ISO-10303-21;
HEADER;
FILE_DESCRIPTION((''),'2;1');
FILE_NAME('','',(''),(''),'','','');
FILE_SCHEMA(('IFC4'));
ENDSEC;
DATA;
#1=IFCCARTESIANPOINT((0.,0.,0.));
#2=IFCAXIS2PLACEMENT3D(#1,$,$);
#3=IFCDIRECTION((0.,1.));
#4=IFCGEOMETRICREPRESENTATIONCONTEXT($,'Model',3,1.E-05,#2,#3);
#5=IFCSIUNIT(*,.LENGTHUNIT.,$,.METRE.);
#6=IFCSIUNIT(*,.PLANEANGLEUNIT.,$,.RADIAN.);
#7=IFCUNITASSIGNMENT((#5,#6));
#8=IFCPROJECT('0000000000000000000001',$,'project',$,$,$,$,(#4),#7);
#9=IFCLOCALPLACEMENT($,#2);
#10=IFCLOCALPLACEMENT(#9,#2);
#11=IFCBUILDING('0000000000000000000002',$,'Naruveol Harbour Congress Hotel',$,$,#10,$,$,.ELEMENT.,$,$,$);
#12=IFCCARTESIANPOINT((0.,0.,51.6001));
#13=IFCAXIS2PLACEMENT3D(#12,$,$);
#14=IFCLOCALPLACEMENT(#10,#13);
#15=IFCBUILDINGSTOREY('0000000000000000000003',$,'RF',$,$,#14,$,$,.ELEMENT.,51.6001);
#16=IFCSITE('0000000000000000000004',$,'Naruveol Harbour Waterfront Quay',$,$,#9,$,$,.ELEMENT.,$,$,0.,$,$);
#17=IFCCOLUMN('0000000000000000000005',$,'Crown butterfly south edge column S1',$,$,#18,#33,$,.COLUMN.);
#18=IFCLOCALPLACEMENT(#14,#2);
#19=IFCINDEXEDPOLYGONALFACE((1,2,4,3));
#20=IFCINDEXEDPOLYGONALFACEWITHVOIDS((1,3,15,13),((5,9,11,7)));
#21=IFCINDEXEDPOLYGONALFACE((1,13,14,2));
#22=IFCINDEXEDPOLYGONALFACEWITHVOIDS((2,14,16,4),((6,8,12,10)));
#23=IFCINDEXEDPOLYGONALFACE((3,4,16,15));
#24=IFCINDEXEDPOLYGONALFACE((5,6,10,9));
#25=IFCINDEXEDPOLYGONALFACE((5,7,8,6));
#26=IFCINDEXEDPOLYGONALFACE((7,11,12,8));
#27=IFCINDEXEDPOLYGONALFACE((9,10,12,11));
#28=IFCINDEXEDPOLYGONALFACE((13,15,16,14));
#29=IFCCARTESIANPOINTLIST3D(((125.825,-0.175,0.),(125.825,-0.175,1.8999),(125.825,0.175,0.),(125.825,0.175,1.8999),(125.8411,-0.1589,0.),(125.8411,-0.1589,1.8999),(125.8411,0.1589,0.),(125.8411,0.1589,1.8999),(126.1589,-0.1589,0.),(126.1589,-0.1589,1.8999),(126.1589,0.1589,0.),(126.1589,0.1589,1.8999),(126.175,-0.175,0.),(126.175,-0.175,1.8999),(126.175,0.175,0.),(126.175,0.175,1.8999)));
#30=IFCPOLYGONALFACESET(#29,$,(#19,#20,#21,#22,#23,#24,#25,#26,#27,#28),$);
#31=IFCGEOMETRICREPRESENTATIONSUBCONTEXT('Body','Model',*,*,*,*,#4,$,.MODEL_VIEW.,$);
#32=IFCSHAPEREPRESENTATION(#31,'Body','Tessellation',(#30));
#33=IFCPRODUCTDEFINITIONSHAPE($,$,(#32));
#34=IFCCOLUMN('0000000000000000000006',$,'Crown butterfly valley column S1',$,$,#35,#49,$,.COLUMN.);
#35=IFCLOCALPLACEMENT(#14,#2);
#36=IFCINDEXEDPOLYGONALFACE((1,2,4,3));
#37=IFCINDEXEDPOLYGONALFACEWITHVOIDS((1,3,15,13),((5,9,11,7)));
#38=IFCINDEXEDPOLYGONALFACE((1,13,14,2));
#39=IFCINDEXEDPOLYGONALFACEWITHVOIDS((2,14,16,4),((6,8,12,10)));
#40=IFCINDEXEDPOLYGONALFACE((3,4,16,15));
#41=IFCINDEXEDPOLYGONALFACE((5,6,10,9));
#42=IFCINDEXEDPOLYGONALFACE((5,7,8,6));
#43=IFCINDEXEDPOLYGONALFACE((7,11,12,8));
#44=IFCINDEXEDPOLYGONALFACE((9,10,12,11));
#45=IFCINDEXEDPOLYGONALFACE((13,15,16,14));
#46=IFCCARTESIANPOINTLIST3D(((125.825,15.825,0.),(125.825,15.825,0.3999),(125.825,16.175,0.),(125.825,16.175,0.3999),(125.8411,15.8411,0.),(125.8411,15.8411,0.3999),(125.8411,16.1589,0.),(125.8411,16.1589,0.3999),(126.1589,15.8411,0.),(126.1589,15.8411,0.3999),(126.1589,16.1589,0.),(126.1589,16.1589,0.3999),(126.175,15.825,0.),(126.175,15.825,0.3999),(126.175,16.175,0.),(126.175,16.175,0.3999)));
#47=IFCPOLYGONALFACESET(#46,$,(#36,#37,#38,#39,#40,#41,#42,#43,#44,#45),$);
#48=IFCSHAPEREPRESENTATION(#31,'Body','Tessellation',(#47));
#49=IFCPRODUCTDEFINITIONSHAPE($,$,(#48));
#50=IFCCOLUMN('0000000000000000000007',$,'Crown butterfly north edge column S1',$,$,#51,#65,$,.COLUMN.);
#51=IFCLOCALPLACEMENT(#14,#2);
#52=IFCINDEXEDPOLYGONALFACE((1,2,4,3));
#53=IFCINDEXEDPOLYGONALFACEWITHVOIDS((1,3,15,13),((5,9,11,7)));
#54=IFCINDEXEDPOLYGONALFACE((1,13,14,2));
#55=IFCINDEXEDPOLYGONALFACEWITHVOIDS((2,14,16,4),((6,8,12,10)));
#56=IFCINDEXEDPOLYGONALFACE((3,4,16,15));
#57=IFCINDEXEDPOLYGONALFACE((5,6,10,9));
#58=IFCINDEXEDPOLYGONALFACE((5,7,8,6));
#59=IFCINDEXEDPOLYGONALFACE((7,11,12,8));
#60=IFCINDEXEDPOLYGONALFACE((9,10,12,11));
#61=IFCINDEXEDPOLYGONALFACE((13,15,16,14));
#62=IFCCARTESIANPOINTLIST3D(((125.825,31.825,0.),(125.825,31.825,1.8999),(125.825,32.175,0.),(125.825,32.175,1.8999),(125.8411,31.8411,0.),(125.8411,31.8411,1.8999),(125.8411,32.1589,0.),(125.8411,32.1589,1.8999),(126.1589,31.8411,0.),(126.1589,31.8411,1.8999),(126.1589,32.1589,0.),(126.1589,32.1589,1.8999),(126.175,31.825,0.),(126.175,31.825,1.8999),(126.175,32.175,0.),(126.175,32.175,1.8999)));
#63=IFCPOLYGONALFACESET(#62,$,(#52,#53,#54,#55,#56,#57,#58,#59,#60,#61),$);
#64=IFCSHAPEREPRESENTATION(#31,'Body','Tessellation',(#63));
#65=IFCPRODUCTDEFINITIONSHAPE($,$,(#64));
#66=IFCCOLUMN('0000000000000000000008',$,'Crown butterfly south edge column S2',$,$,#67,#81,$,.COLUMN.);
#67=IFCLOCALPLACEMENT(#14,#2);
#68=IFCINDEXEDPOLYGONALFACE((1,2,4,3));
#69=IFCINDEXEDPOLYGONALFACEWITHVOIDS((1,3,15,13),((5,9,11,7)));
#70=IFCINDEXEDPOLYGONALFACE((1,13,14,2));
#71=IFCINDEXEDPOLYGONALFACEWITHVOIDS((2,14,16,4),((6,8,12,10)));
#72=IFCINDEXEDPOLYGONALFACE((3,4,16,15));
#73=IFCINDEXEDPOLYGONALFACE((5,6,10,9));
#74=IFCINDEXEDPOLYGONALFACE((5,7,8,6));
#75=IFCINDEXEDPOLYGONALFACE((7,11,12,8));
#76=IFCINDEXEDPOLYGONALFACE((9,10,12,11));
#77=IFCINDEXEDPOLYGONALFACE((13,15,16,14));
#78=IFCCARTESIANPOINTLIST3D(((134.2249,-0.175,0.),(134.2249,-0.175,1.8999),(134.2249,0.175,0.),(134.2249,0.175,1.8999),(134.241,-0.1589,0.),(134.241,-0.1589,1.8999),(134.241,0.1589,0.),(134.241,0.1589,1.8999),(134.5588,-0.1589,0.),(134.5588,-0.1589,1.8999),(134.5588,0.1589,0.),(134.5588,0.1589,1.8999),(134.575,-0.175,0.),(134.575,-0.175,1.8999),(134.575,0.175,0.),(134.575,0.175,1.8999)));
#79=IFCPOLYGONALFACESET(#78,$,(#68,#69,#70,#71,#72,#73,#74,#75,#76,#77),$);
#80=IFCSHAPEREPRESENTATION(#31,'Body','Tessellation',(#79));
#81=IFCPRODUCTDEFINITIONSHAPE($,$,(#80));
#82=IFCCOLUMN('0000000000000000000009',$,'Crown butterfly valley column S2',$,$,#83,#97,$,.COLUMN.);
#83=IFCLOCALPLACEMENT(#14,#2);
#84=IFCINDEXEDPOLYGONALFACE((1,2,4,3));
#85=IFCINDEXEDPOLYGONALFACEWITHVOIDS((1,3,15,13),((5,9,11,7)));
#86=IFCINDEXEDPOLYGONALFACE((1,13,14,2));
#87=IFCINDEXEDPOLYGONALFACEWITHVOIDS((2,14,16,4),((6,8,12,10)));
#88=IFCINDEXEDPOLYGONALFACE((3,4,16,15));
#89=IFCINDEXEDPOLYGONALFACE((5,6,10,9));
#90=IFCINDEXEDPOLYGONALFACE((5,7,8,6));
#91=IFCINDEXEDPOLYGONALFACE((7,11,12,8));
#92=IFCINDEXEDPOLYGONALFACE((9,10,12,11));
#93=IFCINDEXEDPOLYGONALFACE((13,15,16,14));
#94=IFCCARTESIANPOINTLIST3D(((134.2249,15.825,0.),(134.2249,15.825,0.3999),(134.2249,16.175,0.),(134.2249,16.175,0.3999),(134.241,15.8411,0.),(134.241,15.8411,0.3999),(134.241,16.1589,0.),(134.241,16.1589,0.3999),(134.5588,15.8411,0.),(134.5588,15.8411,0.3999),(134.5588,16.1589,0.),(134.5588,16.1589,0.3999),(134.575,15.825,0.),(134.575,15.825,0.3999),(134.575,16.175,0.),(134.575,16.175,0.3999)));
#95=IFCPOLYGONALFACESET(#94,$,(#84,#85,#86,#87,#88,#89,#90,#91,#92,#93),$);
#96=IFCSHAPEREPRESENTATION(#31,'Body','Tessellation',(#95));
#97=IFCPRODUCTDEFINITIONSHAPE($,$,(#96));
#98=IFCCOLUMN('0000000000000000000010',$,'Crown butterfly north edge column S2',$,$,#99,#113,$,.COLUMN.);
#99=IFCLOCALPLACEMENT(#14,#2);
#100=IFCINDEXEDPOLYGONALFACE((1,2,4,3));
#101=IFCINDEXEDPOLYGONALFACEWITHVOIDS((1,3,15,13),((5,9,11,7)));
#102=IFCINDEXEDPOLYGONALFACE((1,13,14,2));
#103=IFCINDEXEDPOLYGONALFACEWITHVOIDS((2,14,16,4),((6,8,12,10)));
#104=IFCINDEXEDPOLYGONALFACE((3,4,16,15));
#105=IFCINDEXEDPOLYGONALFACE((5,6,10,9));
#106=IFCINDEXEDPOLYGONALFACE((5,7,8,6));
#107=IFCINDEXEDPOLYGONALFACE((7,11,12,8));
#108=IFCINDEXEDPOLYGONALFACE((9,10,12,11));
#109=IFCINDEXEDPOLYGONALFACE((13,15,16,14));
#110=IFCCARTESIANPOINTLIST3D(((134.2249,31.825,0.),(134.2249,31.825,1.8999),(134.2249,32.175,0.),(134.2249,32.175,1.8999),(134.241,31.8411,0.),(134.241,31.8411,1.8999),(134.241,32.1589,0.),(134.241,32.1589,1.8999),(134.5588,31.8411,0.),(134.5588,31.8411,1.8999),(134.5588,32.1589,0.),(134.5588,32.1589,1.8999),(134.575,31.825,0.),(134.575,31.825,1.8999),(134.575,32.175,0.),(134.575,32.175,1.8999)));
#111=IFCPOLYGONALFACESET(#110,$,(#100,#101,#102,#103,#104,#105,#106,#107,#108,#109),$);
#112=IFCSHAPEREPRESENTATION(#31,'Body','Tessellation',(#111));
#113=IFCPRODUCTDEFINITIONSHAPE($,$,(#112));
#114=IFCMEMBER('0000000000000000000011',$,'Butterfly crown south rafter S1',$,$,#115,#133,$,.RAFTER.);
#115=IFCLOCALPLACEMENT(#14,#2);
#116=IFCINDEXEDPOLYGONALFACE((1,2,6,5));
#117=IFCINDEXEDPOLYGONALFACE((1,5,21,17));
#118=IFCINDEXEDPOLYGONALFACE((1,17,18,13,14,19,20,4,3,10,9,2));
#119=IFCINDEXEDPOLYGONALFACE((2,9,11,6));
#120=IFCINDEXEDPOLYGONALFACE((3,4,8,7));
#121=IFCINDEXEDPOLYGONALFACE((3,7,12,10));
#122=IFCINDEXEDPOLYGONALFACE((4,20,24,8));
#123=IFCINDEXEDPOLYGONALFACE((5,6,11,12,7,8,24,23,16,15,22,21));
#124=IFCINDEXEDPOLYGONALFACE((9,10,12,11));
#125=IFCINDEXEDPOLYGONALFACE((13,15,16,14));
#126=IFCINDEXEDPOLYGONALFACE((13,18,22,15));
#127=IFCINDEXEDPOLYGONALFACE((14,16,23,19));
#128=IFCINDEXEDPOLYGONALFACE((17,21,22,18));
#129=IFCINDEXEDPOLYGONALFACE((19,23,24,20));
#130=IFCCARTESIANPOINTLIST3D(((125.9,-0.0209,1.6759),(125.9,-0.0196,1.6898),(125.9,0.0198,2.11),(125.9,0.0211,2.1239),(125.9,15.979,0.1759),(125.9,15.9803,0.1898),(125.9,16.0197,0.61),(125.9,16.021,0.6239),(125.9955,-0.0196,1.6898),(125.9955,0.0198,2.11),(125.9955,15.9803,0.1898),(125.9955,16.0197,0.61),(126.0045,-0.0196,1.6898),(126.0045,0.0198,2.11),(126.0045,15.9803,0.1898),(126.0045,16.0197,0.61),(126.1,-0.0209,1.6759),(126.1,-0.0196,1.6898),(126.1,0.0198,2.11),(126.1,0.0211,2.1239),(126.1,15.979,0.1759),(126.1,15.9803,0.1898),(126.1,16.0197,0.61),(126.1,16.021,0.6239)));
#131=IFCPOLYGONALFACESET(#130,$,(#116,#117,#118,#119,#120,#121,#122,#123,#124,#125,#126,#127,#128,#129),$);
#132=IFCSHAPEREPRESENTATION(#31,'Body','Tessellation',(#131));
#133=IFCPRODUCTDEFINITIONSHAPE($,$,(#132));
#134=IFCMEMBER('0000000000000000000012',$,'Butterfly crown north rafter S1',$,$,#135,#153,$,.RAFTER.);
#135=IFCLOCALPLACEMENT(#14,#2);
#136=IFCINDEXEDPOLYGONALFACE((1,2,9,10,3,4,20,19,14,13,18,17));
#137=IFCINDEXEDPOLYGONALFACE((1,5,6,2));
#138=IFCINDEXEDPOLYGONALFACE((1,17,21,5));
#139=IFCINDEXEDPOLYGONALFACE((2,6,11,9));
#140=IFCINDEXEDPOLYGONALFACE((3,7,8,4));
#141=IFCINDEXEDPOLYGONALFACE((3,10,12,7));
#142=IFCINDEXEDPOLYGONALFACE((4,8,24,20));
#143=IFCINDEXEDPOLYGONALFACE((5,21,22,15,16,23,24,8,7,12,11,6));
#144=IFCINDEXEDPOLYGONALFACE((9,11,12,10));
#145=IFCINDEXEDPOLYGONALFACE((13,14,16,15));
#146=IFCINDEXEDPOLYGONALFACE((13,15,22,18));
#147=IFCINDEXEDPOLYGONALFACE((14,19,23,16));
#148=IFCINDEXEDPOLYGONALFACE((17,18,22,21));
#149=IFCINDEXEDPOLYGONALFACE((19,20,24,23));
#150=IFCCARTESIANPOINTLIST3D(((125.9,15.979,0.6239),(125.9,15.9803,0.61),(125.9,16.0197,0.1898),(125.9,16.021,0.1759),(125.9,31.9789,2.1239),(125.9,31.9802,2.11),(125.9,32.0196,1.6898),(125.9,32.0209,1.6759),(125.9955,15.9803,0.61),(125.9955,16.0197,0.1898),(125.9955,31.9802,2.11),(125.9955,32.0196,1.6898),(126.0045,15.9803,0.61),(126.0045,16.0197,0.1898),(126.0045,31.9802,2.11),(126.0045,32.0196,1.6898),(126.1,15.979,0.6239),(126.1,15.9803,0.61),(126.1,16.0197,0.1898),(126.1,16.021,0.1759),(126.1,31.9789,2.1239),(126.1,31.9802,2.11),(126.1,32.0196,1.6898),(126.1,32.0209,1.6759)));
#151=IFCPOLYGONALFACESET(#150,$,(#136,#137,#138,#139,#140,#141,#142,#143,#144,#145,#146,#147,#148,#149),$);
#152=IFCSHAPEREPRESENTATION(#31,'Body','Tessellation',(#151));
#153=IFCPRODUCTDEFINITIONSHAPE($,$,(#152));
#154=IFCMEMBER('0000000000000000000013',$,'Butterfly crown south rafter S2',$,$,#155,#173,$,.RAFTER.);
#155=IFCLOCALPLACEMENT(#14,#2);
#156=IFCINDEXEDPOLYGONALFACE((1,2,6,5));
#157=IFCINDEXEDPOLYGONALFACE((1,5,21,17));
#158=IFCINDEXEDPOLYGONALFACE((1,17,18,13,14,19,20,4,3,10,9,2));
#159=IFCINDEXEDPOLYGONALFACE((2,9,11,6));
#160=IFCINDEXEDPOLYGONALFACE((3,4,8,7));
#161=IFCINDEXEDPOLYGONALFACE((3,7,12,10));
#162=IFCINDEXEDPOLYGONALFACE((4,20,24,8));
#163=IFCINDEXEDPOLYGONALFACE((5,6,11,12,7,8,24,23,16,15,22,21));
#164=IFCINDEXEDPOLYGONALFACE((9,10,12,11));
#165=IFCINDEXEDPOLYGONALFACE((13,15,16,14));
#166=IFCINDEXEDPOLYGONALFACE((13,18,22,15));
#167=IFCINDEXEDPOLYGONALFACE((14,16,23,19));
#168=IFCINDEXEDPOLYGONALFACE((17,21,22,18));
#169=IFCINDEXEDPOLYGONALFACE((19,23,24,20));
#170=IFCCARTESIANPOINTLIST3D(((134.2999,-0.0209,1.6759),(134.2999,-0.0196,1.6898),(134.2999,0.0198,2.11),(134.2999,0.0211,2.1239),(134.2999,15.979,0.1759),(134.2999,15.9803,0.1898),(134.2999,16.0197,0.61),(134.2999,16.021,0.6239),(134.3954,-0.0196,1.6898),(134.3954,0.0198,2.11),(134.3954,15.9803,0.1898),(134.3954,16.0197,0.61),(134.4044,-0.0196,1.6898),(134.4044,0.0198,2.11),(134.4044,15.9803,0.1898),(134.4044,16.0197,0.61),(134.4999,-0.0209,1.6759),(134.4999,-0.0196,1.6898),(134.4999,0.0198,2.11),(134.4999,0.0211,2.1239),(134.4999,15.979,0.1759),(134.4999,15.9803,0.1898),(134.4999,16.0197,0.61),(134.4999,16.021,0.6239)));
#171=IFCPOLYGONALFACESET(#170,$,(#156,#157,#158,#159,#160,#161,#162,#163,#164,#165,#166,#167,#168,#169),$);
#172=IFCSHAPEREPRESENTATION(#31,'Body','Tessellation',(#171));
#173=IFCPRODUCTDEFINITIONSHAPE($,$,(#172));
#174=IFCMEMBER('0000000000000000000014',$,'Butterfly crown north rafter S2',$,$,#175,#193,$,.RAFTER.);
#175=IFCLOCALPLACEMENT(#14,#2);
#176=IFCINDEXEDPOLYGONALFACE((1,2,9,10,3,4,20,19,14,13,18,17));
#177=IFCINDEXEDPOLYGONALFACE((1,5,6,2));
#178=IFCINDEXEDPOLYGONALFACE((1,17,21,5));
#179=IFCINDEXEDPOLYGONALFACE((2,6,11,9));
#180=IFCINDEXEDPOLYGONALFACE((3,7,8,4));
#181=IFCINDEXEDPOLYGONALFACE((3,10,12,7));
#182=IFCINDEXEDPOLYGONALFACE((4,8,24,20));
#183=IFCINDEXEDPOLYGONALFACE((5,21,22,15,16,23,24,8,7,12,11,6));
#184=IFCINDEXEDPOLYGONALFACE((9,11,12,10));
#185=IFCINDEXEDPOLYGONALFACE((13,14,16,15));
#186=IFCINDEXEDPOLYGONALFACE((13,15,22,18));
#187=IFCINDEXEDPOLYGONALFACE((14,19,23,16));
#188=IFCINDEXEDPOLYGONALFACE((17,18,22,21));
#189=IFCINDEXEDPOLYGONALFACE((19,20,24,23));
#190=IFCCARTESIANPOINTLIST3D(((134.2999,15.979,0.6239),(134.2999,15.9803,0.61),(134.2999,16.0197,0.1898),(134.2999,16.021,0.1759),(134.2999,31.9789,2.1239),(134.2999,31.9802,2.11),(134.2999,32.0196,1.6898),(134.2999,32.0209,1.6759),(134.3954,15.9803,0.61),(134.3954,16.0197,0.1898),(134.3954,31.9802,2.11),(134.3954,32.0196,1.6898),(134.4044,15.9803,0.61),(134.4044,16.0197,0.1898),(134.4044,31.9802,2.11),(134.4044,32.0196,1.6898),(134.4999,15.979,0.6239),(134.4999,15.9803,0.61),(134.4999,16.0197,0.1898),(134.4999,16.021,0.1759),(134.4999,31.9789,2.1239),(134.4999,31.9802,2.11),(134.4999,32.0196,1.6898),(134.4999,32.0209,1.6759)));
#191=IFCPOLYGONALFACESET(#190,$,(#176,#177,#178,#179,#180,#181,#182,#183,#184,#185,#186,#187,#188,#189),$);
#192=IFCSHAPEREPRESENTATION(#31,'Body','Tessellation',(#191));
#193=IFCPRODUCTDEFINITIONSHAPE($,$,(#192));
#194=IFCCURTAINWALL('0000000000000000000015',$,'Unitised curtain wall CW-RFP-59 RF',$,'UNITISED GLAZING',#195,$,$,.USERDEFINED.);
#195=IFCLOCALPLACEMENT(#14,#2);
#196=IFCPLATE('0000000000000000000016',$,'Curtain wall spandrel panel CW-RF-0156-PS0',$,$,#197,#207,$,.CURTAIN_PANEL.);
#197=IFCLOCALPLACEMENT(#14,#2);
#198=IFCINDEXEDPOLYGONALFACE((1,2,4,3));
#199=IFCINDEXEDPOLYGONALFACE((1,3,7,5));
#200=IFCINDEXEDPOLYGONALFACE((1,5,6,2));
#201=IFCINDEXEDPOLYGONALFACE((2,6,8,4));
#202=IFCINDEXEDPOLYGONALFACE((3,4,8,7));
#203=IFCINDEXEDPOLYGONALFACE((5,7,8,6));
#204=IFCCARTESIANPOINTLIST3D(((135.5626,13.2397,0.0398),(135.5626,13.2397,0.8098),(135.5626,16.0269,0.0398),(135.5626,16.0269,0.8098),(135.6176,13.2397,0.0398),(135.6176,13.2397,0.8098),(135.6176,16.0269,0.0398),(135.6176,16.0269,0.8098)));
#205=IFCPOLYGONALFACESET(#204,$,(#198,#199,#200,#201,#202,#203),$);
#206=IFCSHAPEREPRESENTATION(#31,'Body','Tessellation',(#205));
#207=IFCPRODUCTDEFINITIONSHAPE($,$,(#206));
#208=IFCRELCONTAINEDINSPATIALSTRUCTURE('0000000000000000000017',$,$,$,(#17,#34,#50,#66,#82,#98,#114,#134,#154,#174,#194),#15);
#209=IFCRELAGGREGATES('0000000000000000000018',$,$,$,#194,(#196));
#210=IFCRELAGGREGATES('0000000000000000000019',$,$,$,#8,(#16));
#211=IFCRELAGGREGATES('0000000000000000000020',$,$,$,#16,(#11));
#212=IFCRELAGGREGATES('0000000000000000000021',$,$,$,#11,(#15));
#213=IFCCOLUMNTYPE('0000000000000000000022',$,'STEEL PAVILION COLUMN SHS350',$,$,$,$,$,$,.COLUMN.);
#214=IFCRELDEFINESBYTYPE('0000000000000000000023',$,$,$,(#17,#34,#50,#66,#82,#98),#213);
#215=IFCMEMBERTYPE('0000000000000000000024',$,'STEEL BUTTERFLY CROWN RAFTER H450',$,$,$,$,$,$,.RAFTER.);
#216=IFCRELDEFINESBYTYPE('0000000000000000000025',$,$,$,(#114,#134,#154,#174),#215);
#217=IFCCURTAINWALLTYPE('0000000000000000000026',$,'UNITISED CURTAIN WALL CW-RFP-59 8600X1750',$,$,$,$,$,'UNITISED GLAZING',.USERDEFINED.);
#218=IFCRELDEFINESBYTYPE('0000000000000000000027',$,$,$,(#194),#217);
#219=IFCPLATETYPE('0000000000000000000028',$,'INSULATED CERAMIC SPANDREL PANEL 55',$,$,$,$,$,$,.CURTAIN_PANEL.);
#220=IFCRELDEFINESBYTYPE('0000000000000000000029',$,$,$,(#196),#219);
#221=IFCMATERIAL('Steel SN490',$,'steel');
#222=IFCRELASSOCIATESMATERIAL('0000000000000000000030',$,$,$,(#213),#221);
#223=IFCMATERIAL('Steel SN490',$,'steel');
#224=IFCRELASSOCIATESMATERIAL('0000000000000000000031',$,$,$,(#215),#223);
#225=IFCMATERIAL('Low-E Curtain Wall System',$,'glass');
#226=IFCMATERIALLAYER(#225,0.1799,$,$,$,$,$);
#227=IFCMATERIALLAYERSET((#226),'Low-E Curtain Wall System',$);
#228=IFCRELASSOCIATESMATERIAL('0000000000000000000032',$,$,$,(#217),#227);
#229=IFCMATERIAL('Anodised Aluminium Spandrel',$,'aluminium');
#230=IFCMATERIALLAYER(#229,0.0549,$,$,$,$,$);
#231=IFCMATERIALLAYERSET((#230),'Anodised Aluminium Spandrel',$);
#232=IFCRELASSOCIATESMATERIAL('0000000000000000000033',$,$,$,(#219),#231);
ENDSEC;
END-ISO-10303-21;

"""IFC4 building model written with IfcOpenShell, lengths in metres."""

from ifc_helpers import new_model, si_unit, direction, frame, origin, origin_2d, place, context, subcontext, project, spatial, rectangle, hollow_rectangle, i_section, extrude, material, layer, layer_set, material_profile, profile_set, type_object, element, aggregate, save


model = new_model("IFC4")

# Units and contexts
model_context = context("Model", 3, precision=1e-05, world=origin(), true_north=direction((0.0, 1.0)))
body_context = subcontext(model_context, "Body", "Model", "MODEL_VIEW")
ifc_project = project(units=[si_unit("LENGTHUNIT", "METRE"), si_unit("PLANEANGLEUNIT", "RADIAN")], contexts=[model_context])

# Site, building, storey
site_placement = place(None, origin())
site = spatial("IfcSite", under=ifc_project, at=site_placement, Name="Naruveol Harbour Waterfront Quay", CompositionType="ELEMENT", RefElevation=0.0)
building_placement = place(site_placement, origin())
building = spatial("IfcBuilding", under=site, at=building_placement, Name="Naruveol Harbour Congress Hotel", CompositionType="ELEMENT")
storey_placement = place(building_placement, frame((0.0, 0.0, 51.6001)))
storey = spatial("IfcBuildingStorey", under=building, at=storey_placement, Name="RF", CompositionType="ELEMENT", Elevation=51.6001)

# Columns
ifc_material_1 = material(Name="Steel SN490", Category="steel")
ifc_material_profile_1 = material_profile(ifc_material_1, hollow_rectangle(XDim=0.3501, YDim=0.3501, WallThickness=0.0161, at=origin_2d()), Name="SHS-350x350x16")
ifc_profile_set_1 = profile_set([ifc_material_profile_1], Name="Steel SN490")
column_type = type_object("IfcColumnType", Name="STEEL PAVILION COLUMN SHS350", PredefinedType="COLUMN", material=ifc_profile_set_1)
column_1_placement = place(storey_placement, frame((126.0, 0.0, 0.0), z_axis=(0.0, 0.0, 1.0), x_axis=(1.0, 0.0, 0.0)))
element("IfcColumn", 1, at=column_1_placement, inside=storey, type_object=column_type, Name="Crown butterfly south edge column S1", PredefinedType="COLUMN", context=body_context, shape_type="SweptSolid", body=[
    extrude(hollow_rectangle(XDim=0.3501, YDim=0.3501, WallThickness=0.0161, at=origin_2d()), origin(), (0.0, 0.0, 1.0), 1.8999),
])
column_2_placement = place(storey_placement, frame((126.0, 16.0, 0.0), z_axis=(0.0, 0.0, 1.0), x_axis=(1.0, 0.0, 0.0)))
element("IfcColumn", 2, at=column_2_placement, inside=storey, type_object=column_type, Name="Crown butterfly valley column S1", PredefinedType="COLUMN", context=body_context, shape_type="SweptSolid", body=[
    extrude(hollow_rectangle(XDim=0.3501, YDim=0.3501, WallThickness=0.0161, at=origin_2d()), origin(), (0.0, 0.0, 1.0), 0.3999),
])
for number, where, z_axis, x_axis, name in (
    (3, (126.0, 32.0, 0.0), (0.0, 0.0, 1.0), (1.0, 0.0, 0.0), "Crown butterfly north edge column S1"),
    (4, (134.3999, 0.0, 0.0), (0.0, 0.0, 1.0), (1.0, 0.0, 0.0), "Crown butterfly south edge column S2"),
):
    element("IfcColumn", number, at=place(storey_placement, frame(where, z_axis=z_axis, x_axis=x_axis)), inside=storey, type_object=column_type, Name=name, PredefinedType="COLUMN", context=body_context, shape_type="SweptSolid", body=[
        extrude(hollow_rectangle(XDim=0.3501, YDim=0.3501, WallThickness=0.0161, at=origin_2d()), origin(), (0.0, 0.0, 1.0), 1.8999),
    ])
column_3_placement = place(storey_placement, frame((134.3999, 16.0, 0.0), z_axis=(0.0, 0.0, 1.0), x_axis=(1.0, 0.0, 0.0)))
element("IfcColumn", 5, at=column_3_placement, inside=storey, type_object=column_type, Name="Crown butterfly valley column S2", PredefinedType="COLUMN", context=body_context, shape_type="SweptSolid", body=[
    extrude(hollow_rectangle(XDim=0.3501, YDim=0.3501, WallThickness=0.0161, at=origin_2d()), origin(), (0.0, 0.0, 1.0), 0.3999),
])
column_4_placement = place(storey_placement, frame((134.3999, 32.0, 0.0), z_axis=(0.0, 0.0, 1.0), x_axis=(1.0, 0.0, 0.0)))
element("IfcColumn", 6, at=column_4_placement, inside=storey, type_object=column_type, Name="Crown butterfly north edge column S2", PredefinedType="COLUMN", context=body_context, shape_type="SweptSolid", body=[
    extrude(hollow_rectangle(XDim=0.3501, YDim=0.3501, WallThickness=0.0161, at=origin_2d()), origin(), (0.0, 0.0, 1.0), 1.8999),
])

# Members
ifc_material_2 = material(Name="Steel SN490", Category="steel")
ifc_material_profile_2 = material_profile(ifc_material_2, i_section(OverallWidth=0.2, OverallDepth=0.45, WebThickness=0.009, FlangeThickness=0.0139, at=origin_2d()), Name="H-450x200x9x14")
ifc_profile_set_2 = profile_set([ifc_material_profile_2], Name="Steel SN490")
member_type = type_object("IfcMemberType", Name="STEEL BUTTERFLY CROWN RAFTER H450", PredefinedType="RAFTER", material=ifc_profile_set_2)
for number, where, z_axis, x_axis, name in (
    (7, (126.0, 16.0, 0.3999), (0.0, -0.995634, 0.093341), (1.0, 0.0, 0.0), "Butterfly crown south rafter S1"),
    (8, (126.0, 16.0, 0.3999), (0.0, 0.995634, 0.093341), (-1.0, 0.0, 0.0), "Butterfly crown north rafter S1"),
    (9, (134.3999, 16.0, 0.3999), (0.0, -0.995634, 0.093341), (1.0, 0.0, 0.0), "Butterfly crown south rafter S2"),
    (10, (134.3999, 16.0, 0.3999), (0.0, 0.995634, 0.093341), (-1.0, 0.0, 0.0), "Butterfly crown north rafter S2"),
):
    element("IfcMember", number, at=place(storey_placement, frame(where, z_axis=z_axis, x_axis=x_axis)), inside=storey, type_object=member_type, Name=name, PredefinedType="RAFTER", context=body_context, shape_type="SweptSolid", body=[
        extrude(i_section(OverallWidth=0.2, OverallDepth=0.45, WebThickness=0.009, FlangeThickness=0.0139, at=origin_2d()), origin(), (0.0, 0.0, 1.0), 16.0701),
    ])

# Curtain wall, plate
ifc_material_3 = material(Name="Low-E Curtain Wall System", Category="glass")
ifc_layer_1 = layer(ifc_material_3, 0.1799)
ifc_layer_set_1 = layer_set([ifc_layer_1], Name="Low-E Curtain Wall System")
curtain_wall_type = type_object("IfcCurtainWallType", Name="UNITISED CURTAIN WALL CW-RFP-59 8600X1750", ElementType="UNITISED GLAZING", PredefinedType="USERDEFINED", material=ifc_layer_set_1)
curtain_wall_placement = place(storey_placement, origin())
curtain_wall = element("IfcCurtainWall", 11, at=curtain_wall_placement, inside=storey, type_object=curtain_wall_type, Name="Unitised curtain wall CW-RFP-59 RF", ObjectType="UNITISED GLAZING", PredefinedType="USERDEFINED")
ifc_material_4 = material(Name="Anodised Aluminium Spandrel", Category="aluminium")
ifc_layer_2 = layer(ifc_material_4, 0.0549)
ifc_layer_set_2 = layer_set([ifc_layer_2], Name="Anodised Aluminium Spandrel")
plate_type_1 = type_object("IfcPlateType", Name="INSULATED CERAMIC SPANDREL PANEL 55", PredefinedType="CURTAIN_PANEL", material=ifc_layer_set_2)
plate_1_placement = place(storey_placement, frame((135.5901, 14.6333, 0.0398), z_axis=(0.0, 0.0, 1.0), x_axis=(0.0, 1.0, 0.0)))
plate_1 = element("IfcPlate", 12, at=plate_1_placement, type_object=plate_type_1, Name="Curtain wall spandrel panel CW-RF-0156-PS0", PredefinedType="CURTAIN_PANEL", context=body_context, shape_type="SweptSolid", body=[
    extrude(rectangle(XDim=2.7871, YDim=0.0549, at=origin_2d()), origin(), (0.0, 0.0, 1.0), 0.77),
])
aggregate(curtain_wall, [plate_1])

save(model, "model.ifc")
